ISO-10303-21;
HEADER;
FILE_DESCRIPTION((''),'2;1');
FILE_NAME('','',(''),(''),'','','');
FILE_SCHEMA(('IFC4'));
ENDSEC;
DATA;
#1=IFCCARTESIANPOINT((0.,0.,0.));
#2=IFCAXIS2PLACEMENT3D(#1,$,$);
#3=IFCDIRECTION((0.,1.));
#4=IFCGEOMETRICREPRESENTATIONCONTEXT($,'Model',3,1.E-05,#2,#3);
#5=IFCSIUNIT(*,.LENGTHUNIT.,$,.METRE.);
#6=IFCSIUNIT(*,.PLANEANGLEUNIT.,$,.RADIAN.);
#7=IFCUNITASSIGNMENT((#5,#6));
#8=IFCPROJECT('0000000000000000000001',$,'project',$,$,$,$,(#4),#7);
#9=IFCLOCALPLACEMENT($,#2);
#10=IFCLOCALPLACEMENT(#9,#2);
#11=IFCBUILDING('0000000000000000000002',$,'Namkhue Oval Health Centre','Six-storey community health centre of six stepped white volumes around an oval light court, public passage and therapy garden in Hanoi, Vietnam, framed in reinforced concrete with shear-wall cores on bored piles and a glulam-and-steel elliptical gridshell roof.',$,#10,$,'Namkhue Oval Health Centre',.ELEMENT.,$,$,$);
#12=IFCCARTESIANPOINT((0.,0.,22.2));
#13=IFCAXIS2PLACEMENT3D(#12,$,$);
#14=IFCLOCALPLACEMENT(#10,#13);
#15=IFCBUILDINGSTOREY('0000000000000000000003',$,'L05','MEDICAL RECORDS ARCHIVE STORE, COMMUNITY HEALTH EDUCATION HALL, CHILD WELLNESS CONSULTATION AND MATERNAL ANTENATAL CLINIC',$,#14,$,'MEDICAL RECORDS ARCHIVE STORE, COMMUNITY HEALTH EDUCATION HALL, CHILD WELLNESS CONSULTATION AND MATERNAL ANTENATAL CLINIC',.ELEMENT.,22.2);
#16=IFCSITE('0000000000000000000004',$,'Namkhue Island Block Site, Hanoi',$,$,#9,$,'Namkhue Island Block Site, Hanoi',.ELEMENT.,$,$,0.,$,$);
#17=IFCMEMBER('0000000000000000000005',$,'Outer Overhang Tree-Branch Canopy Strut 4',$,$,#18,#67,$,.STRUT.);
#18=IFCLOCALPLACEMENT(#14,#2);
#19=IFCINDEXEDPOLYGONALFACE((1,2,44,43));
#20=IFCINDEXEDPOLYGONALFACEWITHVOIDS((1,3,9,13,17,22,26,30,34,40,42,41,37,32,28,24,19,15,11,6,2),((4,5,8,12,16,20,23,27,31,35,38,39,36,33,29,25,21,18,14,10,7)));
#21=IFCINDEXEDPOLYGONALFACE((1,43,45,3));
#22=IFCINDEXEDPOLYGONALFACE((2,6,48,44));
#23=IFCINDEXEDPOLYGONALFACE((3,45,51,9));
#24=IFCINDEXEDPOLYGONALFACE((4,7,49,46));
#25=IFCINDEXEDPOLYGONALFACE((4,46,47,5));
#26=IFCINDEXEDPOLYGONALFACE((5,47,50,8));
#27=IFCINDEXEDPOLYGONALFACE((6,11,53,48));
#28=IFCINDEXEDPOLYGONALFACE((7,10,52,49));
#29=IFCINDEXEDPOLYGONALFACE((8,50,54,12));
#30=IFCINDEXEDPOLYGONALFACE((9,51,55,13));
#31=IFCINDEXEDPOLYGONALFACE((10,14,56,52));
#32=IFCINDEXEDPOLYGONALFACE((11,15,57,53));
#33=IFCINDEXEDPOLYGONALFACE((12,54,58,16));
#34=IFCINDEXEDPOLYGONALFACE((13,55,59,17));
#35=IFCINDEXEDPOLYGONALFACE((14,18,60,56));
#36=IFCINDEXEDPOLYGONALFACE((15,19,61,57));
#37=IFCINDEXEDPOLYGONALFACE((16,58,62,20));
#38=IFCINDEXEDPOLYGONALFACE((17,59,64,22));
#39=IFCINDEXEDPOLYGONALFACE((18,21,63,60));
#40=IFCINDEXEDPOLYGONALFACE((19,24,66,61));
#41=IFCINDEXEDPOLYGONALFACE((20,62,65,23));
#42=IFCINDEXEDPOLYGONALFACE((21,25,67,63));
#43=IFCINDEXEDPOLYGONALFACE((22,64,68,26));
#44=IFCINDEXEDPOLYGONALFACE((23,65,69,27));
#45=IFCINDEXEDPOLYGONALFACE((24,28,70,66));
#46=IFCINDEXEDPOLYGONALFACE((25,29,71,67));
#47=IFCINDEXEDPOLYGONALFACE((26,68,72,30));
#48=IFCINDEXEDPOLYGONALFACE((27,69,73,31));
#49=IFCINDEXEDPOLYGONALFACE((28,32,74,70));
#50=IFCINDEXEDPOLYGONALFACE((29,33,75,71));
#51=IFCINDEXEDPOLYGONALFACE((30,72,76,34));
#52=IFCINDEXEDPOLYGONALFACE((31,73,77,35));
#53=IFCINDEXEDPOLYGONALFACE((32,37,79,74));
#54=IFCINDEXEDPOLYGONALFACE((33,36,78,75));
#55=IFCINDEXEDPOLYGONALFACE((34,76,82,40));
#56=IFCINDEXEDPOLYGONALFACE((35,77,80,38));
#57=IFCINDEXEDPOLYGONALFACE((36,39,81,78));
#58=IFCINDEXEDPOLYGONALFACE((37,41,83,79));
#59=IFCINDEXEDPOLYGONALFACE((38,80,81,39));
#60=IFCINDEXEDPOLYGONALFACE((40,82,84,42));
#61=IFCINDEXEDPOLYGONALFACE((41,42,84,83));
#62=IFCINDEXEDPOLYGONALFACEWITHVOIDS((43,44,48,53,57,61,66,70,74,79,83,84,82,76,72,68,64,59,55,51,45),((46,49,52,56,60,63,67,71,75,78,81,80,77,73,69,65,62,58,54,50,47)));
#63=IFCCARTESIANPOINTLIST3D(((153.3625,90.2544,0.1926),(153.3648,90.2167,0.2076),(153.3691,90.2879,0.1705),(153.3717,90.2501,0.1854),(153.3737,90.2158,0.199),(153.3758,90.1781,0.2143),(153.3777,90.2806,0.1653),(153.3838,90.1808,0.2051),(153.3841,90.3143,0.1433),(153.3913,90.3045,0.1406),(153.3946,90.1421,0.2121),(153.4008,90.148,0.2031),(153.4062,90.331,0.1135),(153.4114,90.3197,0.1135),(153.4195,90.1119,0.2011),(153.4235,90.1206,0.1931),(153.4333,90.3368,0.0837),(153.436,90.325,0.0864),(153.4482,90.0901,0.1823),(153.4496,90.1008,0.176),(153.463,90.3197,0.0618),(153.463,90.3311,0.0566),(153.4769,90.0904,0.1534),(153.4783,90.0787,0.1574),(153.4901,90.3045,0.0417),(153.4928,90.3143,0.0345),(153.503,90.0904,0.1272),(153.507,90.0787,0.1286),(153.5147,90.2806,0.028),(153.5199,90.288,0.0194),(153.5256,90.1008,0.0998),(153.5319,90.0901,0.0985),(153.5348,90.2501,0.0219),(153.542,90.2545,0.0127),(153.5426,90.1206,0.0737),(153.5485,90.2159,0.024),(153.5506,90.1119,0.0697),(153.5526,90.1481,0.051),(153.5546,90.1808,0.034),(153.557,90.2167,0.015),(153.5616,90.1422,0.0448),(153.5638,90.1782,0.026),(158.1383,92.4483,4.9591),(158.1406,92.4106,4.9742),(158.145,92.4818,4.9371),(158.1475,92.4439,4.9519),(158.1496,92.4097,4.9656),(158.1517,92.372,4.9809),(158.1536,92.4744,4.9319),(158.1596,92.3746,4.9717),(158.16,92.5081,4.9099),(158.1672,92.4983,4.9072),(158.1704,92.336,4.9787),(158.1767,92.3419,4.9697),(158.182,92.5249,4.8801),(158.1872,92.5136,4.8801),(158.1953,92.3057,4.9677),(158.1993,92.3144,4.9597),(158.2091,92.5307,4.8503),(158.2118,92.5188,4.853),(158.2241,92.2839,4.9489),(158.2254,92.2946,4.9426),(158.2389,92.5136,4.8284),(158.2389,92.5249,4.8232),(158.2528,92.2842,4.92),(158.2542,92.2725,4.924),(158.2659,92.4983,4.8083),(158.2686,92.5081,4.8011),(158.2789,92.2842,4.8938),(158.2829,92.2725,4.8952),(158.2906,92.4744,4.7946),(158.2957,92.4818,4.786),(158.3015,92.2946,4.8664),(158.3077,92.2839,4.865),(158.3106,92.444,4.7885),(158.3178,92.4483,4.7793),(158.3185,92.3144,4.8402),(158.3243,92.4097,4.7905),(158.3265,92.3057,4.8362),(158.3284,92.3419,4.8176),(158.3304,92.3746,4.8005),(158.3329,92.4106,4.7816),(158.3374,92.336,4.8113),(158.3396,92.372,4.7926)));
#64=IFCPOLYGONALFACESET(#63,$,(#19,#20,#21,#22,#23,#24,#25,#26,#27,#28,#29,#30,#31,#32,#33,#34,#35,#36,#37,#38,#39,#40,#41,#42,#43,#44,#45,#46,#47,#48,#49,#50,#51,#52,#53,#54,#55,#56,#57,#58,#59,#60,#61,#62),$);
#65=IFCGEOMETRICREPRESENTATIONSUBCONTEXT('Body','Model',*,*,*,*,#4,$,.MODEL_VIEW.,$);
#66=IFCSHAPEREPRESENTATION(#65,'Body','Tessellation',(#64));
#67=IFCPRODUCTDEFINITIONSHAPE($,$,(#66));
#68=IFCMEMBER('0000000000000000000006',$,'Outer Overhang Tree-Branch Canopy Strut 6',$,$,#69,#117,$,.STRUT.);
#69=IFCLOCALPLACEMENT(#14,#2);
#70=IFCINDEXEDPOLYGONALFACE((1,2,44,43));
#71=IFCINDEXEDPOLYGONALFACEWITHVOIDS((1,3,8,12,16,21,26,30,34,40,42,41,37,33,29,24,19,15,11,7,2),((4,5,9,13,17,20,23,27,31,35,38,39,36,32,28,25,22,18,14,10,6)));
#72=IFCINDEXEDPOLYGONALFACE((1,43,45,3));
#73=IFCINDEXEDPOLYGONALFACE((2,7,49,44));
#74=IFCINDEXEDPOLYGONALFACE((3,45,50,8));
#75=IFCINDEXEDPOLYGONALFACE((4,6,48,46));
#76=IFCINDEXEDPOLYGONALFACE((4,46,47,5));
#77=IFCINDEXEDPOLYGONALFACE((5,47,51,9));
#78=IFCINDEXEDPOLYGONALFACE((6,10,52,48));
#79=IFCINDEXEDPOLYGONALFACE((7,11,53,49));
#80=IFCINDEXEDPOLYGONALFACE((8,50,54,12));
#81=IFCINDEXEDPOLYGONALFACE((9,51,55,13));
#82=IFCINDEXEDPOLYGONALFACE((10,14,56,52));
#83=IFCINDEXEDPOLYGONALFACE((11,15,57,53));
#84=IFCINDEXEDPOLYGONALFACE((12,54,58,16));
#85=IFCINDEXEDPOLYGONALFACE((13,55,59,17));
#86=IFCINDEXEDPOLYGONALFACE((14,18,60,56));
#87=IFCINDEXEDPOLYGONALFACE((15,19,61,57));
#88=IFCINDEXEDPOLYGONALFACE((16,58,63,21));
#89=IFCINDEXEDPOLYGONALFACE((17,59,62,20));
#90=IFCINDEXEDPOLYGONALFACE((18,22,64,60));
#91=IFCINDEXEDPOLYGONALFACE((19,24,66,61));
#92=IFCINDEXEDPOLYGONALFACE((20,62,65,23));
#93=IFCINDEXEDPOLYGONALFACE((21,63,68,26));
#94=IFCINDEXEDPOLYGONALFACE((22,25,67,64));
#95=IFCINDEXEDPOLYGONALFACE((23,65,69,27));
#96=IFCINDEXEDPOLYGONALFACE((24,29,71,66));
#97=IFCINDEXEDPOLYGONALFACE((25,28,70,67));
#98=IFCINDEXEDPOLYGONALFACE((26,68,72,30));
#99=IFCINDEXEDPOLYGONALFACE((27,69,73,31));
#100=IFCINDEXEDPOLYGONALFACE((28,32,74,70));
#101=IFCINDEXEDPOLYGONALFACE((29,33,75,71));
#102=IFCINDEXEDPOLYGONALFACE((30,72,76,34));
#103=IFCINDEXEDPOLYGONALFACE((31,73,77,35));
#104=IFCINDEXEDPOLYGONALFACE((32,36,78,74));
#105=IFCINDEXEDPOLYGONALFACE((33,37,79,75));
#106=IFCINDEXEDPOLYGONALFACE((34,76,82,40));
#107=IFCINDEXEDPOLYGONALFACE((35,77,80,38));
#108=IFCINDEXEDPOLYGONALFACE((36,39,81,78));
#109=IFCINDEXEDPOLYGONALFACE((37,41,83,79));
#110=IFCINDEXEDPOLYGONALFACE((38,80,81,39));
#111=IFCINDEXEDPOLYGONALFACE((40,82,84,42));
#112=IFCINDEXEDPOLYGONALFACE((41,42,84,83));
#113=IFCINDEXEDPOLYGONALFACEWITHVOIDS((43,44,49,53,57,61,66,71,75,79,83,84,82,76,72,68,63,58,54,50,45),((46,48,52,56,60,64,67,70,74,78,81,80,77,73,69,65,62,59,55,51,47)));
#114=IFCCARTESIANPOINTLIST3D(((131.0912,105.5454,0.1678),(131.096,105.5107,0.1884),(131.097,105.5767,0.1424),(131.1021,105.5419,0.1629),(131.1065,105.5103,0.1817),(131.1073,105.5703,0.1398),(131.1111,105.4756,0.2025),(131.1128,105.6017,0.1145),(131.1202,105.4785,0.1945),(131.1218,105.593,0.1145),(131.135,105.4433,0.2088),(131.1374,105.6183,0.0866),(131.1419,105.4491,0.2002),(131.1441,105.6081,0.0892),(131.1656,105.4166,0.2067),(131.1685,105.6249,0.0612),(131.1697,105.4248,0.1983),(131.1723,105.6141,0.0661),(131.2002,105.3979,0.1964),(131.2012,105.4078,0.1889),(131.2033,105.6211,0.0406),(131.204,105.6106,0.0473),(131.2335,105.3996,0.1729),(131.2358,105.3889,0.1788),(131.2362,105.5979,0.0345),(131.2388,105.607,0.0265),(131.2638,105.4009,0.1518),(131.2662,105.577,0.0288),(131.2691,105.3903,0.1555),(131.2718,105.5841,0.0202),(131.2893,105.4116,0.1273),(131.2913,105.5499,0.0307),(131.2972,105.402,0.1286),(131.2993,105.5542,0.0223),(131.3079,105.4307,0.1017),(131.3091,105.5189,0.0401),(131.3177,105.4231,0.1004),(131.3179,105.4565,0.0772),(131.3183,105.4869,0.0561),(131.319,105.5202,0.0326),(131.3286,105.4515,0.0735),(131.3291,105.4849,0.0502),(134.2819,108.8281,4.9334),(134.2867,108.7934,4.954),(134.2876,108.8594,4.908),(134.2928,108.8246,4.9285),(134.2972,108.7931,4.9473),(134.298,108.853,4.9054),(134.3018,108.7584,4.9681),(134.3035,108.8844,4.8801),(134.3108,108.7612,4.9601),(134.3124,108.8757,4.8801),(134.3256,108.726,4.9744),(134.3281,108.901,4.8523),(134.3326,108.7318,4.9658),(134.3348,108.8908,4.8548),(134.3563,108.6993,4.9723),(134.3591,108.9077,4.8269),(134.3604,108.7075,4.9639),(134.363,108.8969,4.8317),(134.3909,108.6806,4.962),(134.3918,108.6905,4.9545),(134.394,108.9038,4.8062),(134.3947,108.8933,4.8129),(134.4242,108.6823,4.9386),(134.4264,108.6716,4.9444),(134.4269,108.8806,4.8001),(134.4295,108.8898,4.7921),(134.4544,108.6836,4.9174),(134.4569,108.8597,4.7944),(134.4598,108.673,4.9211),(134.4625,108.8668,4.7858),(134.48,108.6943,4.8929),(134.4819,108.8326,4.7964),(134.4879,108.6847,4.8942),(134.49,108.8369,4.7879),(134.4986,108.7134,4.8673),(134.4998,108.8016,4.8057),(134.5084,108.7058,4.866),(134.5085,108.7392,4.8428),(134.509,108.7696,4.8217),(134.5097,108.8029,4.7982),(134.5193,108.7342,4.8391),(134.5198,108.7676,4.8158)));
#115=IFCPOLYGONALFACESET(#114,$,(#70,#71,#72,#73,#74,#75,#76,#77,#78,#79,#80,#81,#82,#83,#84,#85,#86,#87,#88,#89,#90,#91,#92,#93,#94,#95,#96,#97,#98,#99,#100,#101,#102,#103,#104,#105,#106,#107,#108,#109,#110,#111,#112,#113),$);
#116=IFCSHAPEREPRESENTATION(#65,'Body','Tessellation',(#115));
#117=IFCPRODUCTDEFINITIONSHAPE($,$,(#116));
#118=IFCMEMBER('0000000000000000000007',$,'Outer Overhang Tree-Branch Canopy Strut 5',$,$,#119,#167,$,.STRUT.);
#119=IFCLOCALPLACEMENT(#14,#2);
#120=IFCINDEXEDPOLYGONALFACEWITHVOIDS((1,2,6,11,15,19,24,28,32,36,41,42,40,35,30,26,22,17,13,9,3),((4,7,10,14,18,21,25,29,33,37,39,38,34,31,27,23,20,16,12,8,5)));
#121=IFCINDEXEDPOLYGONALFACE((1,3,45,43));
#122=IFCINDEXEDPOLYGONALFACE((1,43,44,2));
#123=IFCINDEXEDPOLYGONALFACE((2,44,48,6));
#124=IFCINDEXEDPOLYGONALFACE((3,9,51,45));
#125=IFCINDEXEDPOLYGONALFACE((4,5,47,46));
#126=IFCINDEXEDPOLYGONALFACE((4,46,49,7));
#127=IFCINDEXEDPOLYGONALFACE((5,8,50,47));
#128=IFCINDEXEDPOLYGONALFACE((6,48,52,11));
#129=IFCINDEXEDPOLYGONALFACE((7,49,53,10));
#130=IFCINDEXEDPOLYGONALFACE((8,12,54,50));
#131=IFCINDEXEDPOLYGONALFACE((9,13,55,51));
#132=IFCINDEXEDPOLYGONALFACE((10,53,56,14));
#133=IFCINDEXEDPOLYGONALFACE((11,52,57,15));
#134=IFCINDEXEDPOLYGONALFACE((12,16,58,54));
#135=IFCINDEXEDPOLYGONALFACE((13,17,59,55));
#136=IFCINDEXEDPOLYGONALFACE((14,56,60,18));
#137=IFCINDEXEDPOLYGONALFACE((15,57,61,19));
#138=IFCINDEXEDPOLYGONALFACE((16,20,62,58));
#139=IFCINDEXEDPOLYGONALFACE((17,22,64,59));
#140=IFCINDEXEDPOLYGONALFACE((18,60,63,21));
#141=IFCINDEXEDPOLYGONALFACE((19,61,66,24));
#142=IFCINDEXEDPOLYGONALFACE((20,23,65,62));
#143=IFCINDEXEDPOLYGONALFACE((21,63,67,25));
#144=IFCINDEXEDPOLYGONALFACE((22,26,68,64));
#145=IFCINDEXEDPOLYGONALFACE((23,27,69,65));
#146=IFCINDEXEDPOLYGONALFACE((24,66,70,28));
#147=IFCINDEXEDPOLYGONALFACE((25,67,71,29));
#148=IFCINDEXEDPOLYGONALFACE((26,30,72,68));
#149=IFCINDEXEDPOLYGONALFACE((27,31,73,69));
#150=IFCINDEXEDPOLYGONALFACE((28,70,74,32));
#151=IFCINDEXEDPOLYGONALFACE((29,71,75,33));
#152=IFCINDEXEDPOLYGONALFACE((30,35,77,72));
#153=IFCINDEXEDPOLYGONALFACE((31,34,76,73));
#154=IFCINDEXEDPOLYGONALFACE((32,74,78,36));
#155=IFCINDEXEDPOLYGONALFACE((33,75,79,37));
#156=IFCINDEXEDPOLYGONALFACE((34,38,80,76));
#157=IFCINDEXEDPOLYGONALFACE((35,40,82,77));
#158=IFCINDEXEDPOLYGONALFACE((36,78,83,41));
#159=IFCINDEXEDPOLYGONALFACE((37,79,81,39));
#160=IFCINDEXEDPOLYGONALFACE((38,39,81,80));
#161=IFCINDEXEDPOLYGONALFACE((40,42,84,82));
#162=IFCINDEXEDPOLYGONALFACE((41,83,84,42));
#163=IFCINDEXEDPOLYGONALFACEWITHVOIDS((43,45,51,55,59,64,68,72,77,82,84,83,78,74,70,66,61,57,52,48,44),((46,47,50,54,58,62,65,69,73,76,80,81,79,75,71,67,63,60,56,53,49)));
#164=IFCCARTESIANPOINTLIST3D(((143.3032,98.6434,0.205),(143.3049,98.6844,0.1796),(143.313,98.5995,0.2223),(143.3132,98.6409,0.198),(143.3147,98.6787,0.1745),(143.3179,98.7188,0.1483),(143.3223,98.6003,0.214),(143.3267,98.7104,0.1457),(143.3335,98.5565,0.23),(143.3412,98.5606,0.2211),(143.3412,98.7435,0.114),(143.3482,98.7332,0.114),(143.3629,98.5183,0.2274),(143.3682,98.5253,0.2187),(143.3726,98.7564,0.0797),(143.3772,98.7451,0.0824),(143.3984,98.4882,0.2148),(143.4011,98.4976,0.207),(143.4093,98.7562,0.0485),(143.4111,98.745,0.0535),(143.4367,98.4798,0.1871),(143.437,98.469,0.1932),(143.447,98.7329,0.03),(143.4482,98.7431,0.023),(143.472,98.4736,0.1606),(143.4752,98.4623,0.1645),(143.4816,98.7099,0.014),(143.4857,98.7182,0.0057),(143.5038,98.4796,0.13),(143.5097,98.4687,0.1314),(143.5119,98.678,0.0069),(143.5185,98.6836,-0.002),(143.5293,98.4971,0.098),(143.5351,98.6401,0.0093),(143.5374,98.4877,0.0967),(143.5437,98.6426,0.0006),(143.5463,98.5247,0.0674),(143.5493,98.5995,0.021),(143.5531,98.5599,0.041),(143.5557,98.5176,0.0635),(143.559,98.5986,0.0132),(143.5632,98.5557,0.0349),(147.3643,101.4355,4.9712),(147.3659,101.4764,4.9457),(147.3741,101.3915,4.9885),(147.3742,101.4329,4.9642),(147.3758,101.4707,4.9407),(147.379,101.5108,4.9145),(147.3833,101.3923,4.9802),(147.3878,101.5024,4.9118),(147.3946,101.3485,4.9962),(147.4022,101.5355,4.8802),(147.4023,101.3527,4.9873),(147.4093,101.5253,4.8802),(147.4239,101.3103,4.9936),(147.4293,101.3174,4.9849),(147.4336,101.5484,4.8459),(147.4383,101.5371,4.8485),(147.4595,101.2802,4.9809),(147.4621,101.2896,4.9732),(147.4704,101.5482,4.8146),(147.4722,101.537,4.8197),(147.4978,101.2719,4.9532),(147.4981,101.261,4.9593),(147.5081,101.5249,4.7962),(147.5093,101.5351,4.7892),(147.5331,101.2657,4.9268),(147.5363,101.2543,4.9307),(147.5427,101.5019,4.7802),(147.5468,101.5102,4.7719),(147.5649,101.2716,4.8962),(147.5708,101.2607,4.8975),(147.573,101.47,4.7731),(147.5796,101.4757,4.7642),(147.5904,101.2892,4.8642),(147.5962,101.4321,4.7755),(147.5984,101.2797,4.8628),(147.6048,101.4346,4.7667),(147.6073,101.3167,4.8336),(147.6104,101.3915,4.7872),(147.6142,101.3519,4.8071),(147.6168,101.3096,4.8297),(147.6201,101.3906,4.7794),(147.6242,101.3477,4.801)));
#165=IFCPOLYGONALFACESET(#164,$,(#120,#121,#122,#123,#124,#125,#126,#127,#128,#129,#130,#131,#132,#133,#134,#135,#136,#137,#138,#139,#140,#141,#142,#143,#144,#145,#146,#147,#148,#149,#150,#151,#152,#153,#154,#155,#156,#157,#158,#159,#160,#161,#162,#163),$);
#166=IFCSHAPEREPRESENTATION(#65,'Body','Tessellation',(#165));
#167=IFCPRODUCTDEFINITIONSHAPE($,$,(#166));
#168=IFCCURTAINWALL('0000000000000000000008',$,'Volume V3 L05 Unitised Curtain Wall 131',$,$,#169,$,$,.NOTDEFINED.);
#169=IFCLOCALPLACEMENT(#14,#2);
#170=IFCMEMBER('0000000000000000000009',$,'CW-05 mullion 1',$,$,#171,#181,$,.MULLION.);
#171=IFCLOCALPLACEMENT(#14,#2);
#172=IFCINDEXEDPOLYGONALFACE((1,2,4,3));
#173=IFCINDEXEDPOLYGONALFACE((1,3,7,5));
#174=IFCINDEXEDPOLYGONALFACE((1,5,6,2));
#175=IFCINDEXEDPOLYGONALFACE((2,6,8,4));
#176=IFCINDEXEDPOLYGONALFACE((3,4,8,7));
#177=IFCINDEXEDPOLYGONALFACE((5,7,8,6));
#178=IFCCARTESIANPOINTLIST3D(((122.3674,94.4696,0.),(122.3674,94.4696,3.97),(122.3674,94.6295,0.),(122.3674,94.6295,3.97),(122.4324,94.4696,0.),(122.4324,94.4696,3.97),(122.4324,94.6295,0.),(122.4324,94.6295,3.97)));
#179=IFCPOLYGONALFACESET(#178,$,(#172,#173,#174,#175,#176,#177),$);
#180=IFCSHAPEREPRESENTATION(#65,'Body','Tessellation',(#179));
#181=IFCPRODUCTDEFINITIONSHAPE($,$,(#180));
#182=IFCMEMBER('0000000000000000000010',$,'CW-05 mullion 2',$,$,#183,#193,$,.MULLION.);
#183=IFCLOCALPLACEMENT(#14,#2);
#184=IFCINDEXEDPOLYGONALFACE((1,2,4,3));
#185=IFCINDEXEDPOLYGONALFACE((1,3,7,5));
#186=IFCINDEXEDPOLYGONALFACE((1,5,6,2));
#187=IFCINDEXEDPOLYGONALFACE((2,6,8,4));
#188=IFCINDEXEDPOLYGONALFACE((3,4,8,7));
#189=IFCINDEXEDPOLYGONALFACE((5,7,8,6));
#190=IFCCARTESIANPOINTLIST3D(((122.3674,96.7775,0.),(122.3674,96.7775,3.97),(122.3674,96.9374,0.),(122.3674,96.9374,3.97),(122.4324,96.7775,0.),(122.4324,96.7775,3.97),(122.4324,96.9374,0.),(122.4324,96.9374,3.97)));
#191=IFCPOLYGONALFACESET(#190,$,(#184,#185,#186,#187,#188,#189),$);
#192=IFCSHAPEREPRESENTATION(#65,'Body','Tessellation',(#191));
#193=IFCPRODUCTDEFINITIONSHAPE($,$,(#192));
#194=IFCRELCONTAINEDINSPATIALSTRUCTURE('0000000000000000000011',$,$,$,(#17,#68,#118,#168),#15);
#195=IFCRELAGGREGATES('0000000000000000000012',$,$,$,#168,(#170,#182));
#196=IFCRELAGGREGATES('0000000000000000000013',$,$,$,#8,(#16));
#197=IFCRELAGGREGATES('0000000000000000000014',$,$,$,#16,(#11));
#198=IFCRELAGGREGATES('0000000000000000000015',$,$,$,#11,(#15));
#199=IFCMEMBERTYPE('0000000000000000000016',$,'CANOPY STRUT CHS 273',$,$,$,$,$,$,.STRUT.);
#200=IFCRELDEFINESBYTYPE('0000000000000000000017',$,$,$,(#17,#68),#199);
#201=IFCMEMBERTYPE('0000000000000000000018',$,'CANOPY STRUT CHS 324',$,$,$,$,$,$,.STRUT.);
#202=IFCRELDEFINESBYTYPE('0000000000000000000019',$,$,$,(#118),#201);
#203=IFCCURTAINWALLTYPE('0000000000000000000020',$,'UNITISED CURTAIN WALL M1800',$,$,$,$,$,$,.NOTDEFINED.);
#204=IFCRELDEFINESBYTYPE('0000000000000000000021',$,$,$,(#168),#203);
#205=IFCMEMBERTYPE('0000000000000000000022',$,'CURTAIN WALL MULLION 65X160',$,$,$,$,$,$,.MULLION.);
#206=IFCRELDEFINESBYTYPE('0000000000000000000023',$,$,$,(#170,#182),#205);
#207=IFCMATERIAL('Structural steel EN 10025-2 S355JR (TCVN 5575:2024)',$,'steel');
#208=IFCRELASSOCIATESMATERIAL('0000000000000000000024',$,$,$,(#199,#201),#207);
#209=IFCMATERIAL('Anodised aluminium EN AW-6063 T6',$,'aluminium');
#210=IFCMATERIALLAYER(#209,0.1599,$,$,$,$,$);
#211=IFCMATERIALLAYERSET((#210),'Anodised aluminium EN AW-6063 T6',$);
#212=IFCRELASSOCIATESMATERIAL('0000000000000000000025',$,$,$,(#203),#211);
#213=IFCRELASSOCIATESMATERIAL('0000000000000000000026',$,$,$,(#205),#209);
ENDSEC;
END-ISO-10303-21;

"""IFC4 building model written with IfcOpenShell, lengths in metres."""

from ifc_helpers import new_model, si_unit, direction, frame, origin, origin_2d, place, context, subcontext, project, spatial, rectangle, hollow_circle, extrude, material, layer, layer_set, material_profile, profile_set, type_object, element, aggregate, save


model = new_model("IFC4")

# Units and contexts
model_context = context("Model", 3, precision=1e-05, world=origin(), true_north=direction((0.0, 1.0)))
body_context = subcontext(model_context, "Body", "Model", "MODEL_VIEW")
ifc_project = project(units=[si_unit("LENGTHUNIT", "METRE"), si_unit("PLANEANGLEUNIT", "RADIAN")], contexts=[model_context])

# Site, building, storey
site_placement = place(None, origin())
site = spatial("IfcSite", under=ifc_project, at=site_placement, Name="Namkhue Island Block Site, Hanoi", LongName="Namkhue Island Block Site, Hanoi", CompositionType="ELEMENT", RefElevation=0.0)
building_placement = place(site_placement, origin())
building = spatial("IfcBuilding", under=site, at=building_placement, Name="Namkhue Oval Health Centre", Description="Six-storey community health centre of six stepped white volumes around an oval light court, public passage and therapy garden in Hanoi, Vietnam, framed in reinforced concrete with shear-wall cores on bored piles and a glulam-and-steel elliptical gridshell roof.", LongName="Namkhue Oval Health Centre", CompositionType="ELEMENT")
storey_placement = place(building_placement, frame((0.0, 0.0, 22.2)))
storey = spatial("IfcBuildingStorey", under=building, at=storey_placement, Name="L05", Description="MEDICAL RECORDS ARCHIVE STORE, COMMUNITY HEALTH EDUCATION HALL, CHILD WELLNESS CONSULTATION AND MATERNAL ANTENATAL CLINIC", LongName="MEDICAL RECORDS ARCHIVE STORE, COMMUNITY HEALTH EDUCATION HALL, CHILD WELLNESS CONSULTATION AND MATERNAL ANTENATAL CLINIC", CompositionType="ELEMENT", Elevation=22.2)

# Members
ifc_material_1 = material(Name="Structural steel EN 10025-2 S355JR (TCVN 5575:2024)", Category="steel")
ifc_material_profile_1 = material_profile(ifc_material_1, hollow_circle(Radius=0.1365, WallThickness=0.0125, at=origin_2d()), Name="CHS 273x12.5")
ifc_profile_set_1 = profile_set([ifc_material_profile_1], Name="Structural steel EN 10025-2 S355JR (TCVN 5575:2024)")
member_type_1 = type_object("IfcMemberType", Name="CANOPY STRUT CHS 273", PredefinedType="STRUT", material=ifc_profile_set_1)
member_1_placement = place(storey_placement, frame((153.4631, 90.207, 0.1135), z_axis=(0.67311, 0.3092, 0.671802), x_axis=(-0.417426, 0.908711, 0.0)))
element("IfcMember", 1, at=member_1_placement, inside=storey, type_object=member_type_1, Name="Outer Overhang Tree-Branch Canopy Strut 4", PredefinedType="STRUT", context=body_context, shape_type="SweptSolid", body=[
    extrude(hollow_circle(Radius=0.1365, WallThickness=0.0125, at=origin_2d()), origin(), (0.0, 0.0, 1.0), 7.0952),
])
member_2_placement = place(storey_placement, frame((131.2107, 105.5066, 0.1145), z_axis=(0.482838, 0.496767, 0.721173), x_axis=(-0.717088, 0.696982, 0.0)))
element("IfcMember", 2, at=member_2_placement, inside=storey, type_object=member_type_1, Name="Outer Overhang Tree-Branch Canopy Strut 6", PredefinedType="STRUT", context=body_context, shape_type="SweptSolid", body=[
    extrude(hollow_circle(Radius=0.1365, WallThickness=0.0125, at=origin_2d()), origin(), (0.0, 0.0, 1.0), 6.6082),
])
ifc_material_profile_2 = material_profile(ifc_material_1, hollow_circle(Radius=0.1619, WallThickness=0.0125, at=origin_2d()), Name="CHS 323.9x12.5")
ifc_profile_set_2 = profile_set([ifc_material_profile_2], Name="Structural steel EN 10025-2 S355JR (TCVN 5575:2024)")
member_type_2 = type_object("IfcMemberType", Name="CANOPY STRUT CHS 324", PredefinedType="STRUT", material=ifc_profile_set_2)
member_3_placement = place(storey_placement, frame((143.4329, 98.6101, 0.114), z_axis=(0.592344, 0.407241, 0.695186), x_axis=(-0.566533, 0.824039, 0.0)))
element("IfcMember", 3, at=member_3_placement, inside=storey, type_object=member_type_2, Name="Outer Overhang Tree-Branch Canopy Strut 5", PredefinedType="STRUT", context=body_context, shape_type="SweptSolid", body=[
    extrude(hollow_circle(Radius=0.1619, WallThickness=0.0125, at=origin_2d()), origin(), (0.0, 0.0, 1.0), 6.856),
])

# Curtain wall, members
ifc_material_2 = material(Name="Anodised aluminium EN AW-6063 T6", Category="aluminium")
ifc_layer_1 = layer(ifc_material_2, 0.1599)
ifc_layer_set_1 = layer_set([ifc_layer_1], Name="Anodised aluminium EN AW-6063 T6")
curtain_wall_type = type_object("IfcCurtainWallType", Name="UNITISED CURTAIN WALL M1800", PredefinedType="NOTDEFINED", material=ifc_layer_set_1)
curtain_wall_placement = place(storey_placement, origin())
curtain_wall = element("IfcCurtainWall", 4, at=curtain_wall_placement, inside=storey, type_object=curtain_wall_type, Name="Volume V3 L05 Unitised Curtain Wall 131", PredefinedType="NOTDEFINED")
ifc_material_profile_3 = material_profile(ifc_material_2, rectangle(XDim=0.0649, YDim=0.1599, at=origin_2d()), Name="ALU 65x160")
ifc_profile_set_3 = profile_set([ifc_material_profile_3], Name="Anodised aluminium EN AW-6063 T6")
member_type_3 = type_object("IfcMemberType", Name="CURTAIN WALL MULLION 65X160", PredefinedType="MULLION", material=ifc_profile_set_3)
member_4_placement = place(storey_placement, frame((122.3999, 94.5496, 0.0), z_axis=(0.0, 0.0, 1.0), x_axis=(-1.0, 0.0, 0.0)))
member_4 = element("IfcMember", 5, at=member_4_placement, type_object=member_type_3, Name="CW-05 mullion 1", PredefinedType="MULLION", context=body_context, shape_type="SweptSolid", body=[
    extrude(rectangle(XDim=0.0649, YDim=0.1599, at=origin_2d()), origin(), (0.0, 0.0, 1.0), 3.97),
])
member_5_placement = place(storey_placement, frame((122.3999, 96.8574, 0.0), z_axis=(0.0, 0.0, 1.0), x_axis=(-1.0, 0.0, 0.0)))
member_5 = element("IfcMember", 6, at=member_5_placement, type_object=member_type_3, Name="CW-05 mullion 2", PredefinedType="MULLION", context=body_context, shape_type="SweptSolid", body=[
    extrude(rectangle(XDim=0.0649, YDim=0.1599, at=origin_2d()), origin(), (0.0, 0.0, 1.0), 3.97),
])

aggregate(curtain_wall, [member_4, member_5])

save(model, "model.ifc")
